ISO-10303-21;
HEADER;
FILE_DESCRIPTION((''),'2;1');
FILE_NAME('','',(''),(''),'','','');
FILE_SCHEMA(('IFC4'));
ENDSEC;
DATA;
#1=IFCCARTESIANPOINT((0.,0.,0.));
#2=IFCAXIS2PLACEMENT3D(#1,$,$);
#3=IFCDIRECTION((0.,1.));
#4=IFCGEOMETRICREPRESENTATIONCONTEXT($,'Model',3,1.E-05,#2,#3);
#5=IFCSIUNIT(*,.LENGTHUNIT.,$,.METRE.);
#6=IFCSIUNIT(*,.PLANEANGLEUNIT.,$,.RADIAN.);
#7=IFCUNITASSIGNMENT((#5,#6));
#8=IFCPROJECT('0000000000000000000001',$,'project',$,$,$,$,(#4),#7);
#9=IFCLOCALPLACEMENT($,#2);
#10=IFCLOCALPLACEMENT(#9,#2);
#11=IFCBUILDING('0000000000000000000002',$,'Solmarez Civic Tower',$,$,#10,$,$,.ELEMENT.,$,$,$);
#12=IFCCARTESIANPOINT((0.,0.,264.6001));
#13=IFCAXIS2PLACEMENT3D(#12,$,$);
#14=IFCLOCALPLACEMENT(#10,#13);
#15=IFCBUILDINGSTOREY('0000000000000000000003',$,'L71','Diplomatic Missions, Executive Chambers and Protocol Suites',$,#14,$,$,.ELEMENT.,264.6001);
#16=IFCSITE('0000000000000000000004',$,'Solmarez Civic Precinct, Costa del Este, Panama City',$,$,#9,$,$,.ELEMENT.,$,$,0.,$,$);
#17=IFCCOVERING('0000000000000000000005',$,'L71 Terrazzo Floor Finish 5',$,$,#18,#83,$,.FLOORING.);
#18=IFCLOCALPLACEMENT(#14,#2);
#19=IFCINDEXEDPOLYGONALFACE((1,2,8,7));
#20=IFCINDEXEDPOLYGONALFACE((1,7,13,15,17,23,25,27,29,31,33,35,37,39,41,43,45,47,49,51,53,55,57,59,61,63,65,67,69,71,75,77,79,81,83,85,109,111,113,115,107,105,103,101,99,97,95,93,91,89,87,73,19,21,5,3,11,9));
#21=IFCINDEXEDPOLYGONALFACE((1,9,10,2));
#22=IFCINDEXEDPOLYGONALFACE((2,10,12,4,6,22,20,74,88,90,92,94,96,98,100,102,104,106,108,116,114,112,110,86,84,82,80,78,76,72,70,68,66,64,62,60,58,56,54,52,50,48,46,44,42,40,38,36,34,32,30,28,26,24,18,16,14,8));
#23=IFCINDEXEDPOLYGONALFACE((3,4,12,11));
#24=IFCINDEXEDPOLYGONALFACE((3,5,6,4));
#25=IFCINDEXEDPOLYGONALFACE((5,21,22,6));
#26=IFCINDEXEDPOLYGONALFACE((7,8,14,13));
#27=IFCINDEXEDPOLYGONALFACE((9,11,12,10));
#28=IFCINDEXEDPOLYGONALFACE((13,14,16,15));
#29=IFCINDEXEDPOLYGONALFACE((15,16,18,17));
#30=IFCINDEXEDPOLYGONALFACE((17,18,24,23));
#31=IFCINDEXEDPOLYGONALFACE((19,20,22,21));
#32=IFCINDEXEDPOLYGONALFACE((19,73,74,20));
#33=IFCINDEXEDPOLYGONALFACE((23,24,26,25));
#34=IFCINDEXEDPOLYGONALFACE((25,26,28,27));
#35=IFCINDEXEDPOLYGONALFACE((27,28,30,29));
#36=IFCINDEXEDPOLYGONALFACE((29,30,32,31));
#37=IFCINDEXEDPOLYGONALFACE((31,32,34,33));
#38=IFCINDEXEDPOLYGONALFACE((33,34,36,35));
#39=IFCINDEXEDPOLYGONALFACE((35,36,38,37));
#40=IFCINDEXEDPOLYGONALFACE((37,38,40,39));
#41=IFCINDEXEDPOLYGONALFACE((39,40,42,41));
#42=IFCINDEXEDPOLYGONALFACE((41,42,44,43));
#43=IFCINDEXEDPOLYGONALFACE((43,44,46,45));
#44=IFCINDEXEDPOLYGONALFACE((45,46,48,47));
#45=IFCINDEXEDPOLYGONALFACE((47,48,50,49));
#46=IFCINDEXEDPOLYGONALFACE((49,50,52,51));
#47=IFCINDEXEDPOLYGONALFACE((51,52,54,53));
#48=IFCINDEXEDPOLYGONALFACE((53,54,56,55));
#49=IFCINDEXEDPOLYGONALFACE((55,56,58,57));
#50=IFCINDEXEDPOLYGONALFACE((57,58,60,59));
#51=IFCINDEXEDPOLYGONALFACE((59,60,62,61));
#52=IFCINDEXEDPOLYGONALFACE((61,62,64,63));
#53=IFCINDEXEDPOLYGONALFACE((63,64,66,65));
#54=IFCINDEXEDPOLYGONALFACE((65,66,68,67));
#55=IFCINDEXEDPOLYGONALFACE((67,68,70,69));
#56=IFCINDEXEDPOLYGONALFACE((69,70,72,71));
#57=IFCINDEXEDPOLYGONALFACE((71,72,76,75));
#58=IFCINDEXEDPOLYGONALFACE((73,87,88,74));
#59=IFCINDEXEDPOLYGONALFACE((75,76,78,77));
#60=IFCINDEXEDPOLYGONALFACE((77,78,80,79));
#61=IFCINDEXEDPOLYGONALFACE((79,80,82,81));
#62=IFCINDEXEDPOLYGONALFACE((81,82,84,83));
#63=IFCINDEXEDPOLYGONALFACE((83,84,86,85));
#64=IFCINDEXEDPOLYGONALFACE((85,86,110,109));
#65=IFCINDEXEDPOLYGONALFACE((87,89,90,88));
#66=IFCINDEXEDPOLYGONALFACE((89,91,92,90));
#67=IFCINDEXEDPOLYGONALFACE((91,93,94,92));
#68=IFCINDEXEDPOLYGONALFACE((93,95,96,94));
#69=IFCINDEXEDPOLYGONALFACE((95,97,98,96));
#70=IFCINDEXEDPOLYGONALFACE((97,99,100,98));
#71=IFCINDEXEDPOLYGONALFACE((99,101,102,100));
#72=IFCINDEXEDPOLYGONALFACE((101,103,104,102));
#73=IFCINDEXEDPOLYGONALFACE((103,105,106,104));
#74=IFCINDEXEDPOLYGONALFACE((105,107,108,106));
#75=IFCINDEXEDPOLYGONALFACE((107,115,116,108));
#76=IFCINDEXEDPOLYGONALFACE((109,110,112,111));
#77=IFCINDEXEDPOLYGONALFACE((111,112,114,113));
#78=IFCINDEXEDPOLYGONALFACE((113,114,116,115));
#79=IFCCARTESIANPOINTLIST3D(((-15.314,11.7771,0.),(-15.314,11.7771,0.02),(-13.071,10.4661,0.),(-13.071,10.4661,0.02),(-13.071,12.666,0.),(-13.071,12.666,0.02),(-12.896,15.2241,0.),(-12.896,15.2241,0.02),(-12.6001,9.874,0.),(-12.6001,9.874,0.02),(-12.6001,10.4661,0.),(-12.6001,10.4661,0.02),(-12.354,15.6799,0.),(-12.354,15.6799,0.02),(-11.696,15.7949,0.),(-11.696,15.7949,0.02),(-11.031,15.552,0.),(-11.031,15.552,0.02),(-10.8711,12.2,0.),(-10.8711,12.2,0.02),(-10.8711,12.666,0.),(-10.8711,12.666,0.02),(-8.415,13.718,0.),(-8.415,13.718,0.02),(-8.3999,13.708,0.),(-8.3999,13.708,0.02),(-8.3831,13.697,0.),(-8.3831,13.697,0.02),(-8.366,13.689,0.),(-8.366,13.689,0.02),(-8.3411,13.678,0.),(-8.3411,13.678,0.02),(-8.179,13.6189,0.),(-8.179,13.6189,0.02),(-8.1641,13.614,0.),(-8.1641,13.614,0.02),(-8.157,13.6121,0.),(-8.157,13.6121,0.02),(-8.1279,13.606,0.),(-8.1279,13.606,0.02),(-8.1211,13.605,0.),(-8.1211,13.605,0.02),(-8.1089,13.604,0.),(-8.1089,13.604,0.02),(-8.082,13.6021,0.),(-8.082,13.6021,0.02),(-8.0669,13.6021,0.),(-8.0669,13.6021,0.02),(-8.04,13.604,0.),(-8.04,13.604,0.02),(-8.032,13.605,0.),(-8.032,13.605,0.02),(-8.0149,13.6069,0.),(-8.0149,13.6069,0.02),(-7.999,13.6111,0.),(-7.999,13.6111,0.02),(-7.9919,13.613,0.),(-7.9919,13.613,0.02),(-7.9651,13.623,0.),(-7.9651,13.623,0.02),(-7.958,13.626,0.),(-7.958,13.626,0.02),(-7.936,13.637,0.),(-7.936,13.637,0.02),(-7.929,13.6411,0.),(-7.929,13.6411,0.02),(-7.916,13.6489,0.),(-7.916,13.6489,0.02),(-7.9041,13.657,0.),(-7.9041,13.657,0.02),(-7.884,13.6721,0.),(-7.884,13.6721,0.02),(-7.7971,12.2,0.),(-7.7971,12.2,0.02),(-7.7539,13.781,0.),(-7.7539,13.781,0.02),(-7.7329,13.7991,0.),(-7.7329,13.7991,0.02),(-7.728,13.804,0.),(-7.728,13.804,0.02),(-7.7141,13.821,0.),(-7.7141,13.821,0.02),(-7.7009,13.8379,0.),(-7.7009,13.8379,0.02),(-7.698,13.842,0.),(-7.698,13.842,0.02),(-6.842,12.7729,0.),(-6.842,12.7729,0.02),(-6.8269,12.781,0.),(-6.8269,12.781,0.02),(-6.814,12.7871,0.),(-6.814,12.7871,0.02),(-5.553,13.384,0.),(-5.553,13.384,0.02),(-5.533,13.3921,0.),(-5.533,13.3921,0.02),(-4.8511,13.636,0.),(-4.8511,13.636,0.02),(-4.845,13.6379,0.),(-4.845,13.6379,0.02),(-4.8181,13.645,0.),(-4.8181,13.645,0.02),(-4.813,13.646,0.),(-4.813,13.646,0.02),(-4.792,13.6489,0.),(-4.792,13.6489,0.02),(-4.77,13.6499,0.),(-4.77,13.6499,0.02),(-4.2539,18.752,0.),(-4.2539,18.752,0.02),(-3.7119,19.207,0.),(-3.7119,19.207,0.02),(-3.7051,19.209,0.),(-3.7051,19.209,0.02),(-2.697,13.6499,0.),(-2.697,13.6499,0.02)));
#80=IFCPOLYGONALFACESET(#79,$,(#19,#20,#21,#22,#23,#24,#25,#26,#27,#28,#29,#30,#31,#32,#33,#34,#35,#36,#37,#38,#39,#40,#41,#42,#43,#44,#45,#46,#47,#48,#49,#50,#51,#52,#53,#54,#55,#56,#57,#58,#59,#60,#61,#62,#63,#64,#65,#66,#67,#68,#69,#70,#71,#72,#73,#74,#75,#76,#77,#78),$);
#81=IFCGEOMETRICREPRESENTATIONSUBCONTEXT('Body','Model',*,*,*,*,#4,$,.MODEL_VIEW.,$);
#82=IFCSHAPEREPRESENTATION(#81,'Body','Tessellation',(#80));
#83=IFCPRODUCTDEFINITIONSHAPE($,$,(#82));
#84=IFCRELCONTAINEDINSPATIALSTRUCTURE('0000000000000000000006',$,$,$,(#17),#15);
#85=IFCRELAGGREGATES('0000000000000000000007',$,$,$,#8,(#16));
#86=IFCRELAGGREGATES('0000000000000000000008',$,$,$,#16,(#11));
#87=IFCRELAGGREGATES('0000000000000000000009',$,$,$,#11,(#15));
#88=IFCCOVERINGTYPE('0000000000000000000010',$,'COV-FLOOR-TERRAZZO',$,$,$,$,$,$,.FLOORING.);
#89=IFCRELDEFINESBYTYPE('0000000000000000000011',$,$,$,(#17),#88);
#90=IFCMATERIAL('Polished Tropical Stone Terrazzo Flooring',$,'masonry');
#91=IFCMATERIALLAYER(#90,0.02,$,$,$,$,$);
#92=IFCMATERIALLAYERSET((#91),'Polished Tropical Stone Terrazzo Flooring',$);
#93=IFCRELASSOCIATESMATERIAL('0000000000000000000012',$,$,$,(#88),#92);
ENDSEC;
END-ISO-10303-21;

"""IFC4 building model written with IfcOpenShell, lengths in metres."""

from ifc_helpers import new_model, si_unit, direction, frame, origin, place, context, subcontext, project, spatial, polyline, outline, extrude, material, layer, layer_set, type_object, element, save


model = new_model("IFC4")

# Units and contexts
model_context = context("Model", 3, precision=1e-05, world=origin(), true_north=direction((0.0, 1.0)))
body_context = subcontext(model_context, "Body", "Model", "MODEL_VIEW")
ifc_project = project(units=[si_unit("LENGTHUNIT", "METRE"), si_unit("PLANEANGLEUNIT", "RADIAN")], contexts=[model_context])

# Site, building, storey
site_placement = place(None, origin())
site = spatial("IfcSite", under=ifc_project, at=site_placement, Name="Solmarez Civic Precinct, Costa del Este, Panama City", CompositionType="ELEMENT", RefElevation=0.0)
building_placement = place(site_placement, origin())
building = spatial("IfcBuilding", under=site, at=building_placement, Name="Solmarez Civic Tower", CompositionType="ELEMENT")
storey_placement = place(building_placement, frame((0.0, 0.0, 264.6001)))
storey = spatial("IfcBuildingStorey", under=building, at=storey_placement, Name="L71", Description="Diplomatic Missions, Executive Chambers and Protocol Suites", CompositionType="ELEMENT", Elevation=264.6001)

# Covering
ifc_material_1 = material(Name="Polished Tropical Stone Terrazzo Flooring", Category="masonry")
ifc_layer_1 = layer(ifc_material_1, 0.02)
ifc_layer_set_1 = layer_set([ifc_layer_1], Name="Polished Tropical Stone Terrazzo Flooring")
covering_type_1 = type_object("IfcCoveringType", Name="COV-FLOOR-TERRAZZO", PredefinedType="FLOORING", material=ifc_layer_set_1)
covering_1_placement = place(storey_placement, origin())
element("IfcCovering", 1, at=covering_1_placement, inside=storey, type_object=covering_type_1, Name="L71 Terrazzo Floor Finish 5", PredefinedType="FLOORING", context=body_context, shape_type="SweptSolid", body=[
    extrude(outline(polyline([(-12.6001, 9.874), (-12.6001, 10.4661), (-13.071, 10.4661), (-13.071, 12.666), (-10.8711, 12.666), (-10.8711, 12.2), (-7.7971, 12.2), (-6.842, 12.7729), (-6.8269, 12.781), (-6.814, 12.7871), (-5.553, 13.384), (-5.533, 13.3921), (-4.8511, 13.636), (-4.845, 13.6379), (-4.8181, 13.645), (-4.813, 13.646), (-4.792, 13.6489), (-4.77, 13.6499), (-2.697, 13.6499), (-3.7051, 19.209), (-3.7119, 19.207), (-4.2539, 18.752), (-7.698, 13.842), (-7.7009, 13.8379), (-7.7141, 13.821), (-7.728, 13.804), (-7.7329, 13.7991), (-7.7539, 13.781), (-7.884, 13.6721), (-7.9041, 13.657), (-7.916, 13.6489), (-7.929, 13.6411), (-7.936, 13.637), (-7.958, 13.626), (-7.9651, 13.623), (-7.9919, 13.613), (-7.999, 13.6111), (-8.0149, 13.6069), (-8.032, 13.605), (-8.04, 13.604), (-8.0669, 13.6021), (-8.082, 13.6021), (-8.1089, 13.604), (-8.1211, 13.605), (-8.1279, 13.606), (-8.157, 13.6121), (-8.1641, 13.614), (-8.179, 13.6189), (-8.3411, 13.678), (-8.366, 13.689), (-8.3831, 13.697), (-8.3999, 13.708), (-8.415, 13.718), (-11.031, 15.552), (-11.696, 15.7949), (-12.354, 15.6799), (-12.896, 15.2241), (-15.314, 11.7771), (-12.6001, 9.874)])), origin(), (0.0, 0.0, 1.0), 0.02),
])

save(model, "model.ifc")
